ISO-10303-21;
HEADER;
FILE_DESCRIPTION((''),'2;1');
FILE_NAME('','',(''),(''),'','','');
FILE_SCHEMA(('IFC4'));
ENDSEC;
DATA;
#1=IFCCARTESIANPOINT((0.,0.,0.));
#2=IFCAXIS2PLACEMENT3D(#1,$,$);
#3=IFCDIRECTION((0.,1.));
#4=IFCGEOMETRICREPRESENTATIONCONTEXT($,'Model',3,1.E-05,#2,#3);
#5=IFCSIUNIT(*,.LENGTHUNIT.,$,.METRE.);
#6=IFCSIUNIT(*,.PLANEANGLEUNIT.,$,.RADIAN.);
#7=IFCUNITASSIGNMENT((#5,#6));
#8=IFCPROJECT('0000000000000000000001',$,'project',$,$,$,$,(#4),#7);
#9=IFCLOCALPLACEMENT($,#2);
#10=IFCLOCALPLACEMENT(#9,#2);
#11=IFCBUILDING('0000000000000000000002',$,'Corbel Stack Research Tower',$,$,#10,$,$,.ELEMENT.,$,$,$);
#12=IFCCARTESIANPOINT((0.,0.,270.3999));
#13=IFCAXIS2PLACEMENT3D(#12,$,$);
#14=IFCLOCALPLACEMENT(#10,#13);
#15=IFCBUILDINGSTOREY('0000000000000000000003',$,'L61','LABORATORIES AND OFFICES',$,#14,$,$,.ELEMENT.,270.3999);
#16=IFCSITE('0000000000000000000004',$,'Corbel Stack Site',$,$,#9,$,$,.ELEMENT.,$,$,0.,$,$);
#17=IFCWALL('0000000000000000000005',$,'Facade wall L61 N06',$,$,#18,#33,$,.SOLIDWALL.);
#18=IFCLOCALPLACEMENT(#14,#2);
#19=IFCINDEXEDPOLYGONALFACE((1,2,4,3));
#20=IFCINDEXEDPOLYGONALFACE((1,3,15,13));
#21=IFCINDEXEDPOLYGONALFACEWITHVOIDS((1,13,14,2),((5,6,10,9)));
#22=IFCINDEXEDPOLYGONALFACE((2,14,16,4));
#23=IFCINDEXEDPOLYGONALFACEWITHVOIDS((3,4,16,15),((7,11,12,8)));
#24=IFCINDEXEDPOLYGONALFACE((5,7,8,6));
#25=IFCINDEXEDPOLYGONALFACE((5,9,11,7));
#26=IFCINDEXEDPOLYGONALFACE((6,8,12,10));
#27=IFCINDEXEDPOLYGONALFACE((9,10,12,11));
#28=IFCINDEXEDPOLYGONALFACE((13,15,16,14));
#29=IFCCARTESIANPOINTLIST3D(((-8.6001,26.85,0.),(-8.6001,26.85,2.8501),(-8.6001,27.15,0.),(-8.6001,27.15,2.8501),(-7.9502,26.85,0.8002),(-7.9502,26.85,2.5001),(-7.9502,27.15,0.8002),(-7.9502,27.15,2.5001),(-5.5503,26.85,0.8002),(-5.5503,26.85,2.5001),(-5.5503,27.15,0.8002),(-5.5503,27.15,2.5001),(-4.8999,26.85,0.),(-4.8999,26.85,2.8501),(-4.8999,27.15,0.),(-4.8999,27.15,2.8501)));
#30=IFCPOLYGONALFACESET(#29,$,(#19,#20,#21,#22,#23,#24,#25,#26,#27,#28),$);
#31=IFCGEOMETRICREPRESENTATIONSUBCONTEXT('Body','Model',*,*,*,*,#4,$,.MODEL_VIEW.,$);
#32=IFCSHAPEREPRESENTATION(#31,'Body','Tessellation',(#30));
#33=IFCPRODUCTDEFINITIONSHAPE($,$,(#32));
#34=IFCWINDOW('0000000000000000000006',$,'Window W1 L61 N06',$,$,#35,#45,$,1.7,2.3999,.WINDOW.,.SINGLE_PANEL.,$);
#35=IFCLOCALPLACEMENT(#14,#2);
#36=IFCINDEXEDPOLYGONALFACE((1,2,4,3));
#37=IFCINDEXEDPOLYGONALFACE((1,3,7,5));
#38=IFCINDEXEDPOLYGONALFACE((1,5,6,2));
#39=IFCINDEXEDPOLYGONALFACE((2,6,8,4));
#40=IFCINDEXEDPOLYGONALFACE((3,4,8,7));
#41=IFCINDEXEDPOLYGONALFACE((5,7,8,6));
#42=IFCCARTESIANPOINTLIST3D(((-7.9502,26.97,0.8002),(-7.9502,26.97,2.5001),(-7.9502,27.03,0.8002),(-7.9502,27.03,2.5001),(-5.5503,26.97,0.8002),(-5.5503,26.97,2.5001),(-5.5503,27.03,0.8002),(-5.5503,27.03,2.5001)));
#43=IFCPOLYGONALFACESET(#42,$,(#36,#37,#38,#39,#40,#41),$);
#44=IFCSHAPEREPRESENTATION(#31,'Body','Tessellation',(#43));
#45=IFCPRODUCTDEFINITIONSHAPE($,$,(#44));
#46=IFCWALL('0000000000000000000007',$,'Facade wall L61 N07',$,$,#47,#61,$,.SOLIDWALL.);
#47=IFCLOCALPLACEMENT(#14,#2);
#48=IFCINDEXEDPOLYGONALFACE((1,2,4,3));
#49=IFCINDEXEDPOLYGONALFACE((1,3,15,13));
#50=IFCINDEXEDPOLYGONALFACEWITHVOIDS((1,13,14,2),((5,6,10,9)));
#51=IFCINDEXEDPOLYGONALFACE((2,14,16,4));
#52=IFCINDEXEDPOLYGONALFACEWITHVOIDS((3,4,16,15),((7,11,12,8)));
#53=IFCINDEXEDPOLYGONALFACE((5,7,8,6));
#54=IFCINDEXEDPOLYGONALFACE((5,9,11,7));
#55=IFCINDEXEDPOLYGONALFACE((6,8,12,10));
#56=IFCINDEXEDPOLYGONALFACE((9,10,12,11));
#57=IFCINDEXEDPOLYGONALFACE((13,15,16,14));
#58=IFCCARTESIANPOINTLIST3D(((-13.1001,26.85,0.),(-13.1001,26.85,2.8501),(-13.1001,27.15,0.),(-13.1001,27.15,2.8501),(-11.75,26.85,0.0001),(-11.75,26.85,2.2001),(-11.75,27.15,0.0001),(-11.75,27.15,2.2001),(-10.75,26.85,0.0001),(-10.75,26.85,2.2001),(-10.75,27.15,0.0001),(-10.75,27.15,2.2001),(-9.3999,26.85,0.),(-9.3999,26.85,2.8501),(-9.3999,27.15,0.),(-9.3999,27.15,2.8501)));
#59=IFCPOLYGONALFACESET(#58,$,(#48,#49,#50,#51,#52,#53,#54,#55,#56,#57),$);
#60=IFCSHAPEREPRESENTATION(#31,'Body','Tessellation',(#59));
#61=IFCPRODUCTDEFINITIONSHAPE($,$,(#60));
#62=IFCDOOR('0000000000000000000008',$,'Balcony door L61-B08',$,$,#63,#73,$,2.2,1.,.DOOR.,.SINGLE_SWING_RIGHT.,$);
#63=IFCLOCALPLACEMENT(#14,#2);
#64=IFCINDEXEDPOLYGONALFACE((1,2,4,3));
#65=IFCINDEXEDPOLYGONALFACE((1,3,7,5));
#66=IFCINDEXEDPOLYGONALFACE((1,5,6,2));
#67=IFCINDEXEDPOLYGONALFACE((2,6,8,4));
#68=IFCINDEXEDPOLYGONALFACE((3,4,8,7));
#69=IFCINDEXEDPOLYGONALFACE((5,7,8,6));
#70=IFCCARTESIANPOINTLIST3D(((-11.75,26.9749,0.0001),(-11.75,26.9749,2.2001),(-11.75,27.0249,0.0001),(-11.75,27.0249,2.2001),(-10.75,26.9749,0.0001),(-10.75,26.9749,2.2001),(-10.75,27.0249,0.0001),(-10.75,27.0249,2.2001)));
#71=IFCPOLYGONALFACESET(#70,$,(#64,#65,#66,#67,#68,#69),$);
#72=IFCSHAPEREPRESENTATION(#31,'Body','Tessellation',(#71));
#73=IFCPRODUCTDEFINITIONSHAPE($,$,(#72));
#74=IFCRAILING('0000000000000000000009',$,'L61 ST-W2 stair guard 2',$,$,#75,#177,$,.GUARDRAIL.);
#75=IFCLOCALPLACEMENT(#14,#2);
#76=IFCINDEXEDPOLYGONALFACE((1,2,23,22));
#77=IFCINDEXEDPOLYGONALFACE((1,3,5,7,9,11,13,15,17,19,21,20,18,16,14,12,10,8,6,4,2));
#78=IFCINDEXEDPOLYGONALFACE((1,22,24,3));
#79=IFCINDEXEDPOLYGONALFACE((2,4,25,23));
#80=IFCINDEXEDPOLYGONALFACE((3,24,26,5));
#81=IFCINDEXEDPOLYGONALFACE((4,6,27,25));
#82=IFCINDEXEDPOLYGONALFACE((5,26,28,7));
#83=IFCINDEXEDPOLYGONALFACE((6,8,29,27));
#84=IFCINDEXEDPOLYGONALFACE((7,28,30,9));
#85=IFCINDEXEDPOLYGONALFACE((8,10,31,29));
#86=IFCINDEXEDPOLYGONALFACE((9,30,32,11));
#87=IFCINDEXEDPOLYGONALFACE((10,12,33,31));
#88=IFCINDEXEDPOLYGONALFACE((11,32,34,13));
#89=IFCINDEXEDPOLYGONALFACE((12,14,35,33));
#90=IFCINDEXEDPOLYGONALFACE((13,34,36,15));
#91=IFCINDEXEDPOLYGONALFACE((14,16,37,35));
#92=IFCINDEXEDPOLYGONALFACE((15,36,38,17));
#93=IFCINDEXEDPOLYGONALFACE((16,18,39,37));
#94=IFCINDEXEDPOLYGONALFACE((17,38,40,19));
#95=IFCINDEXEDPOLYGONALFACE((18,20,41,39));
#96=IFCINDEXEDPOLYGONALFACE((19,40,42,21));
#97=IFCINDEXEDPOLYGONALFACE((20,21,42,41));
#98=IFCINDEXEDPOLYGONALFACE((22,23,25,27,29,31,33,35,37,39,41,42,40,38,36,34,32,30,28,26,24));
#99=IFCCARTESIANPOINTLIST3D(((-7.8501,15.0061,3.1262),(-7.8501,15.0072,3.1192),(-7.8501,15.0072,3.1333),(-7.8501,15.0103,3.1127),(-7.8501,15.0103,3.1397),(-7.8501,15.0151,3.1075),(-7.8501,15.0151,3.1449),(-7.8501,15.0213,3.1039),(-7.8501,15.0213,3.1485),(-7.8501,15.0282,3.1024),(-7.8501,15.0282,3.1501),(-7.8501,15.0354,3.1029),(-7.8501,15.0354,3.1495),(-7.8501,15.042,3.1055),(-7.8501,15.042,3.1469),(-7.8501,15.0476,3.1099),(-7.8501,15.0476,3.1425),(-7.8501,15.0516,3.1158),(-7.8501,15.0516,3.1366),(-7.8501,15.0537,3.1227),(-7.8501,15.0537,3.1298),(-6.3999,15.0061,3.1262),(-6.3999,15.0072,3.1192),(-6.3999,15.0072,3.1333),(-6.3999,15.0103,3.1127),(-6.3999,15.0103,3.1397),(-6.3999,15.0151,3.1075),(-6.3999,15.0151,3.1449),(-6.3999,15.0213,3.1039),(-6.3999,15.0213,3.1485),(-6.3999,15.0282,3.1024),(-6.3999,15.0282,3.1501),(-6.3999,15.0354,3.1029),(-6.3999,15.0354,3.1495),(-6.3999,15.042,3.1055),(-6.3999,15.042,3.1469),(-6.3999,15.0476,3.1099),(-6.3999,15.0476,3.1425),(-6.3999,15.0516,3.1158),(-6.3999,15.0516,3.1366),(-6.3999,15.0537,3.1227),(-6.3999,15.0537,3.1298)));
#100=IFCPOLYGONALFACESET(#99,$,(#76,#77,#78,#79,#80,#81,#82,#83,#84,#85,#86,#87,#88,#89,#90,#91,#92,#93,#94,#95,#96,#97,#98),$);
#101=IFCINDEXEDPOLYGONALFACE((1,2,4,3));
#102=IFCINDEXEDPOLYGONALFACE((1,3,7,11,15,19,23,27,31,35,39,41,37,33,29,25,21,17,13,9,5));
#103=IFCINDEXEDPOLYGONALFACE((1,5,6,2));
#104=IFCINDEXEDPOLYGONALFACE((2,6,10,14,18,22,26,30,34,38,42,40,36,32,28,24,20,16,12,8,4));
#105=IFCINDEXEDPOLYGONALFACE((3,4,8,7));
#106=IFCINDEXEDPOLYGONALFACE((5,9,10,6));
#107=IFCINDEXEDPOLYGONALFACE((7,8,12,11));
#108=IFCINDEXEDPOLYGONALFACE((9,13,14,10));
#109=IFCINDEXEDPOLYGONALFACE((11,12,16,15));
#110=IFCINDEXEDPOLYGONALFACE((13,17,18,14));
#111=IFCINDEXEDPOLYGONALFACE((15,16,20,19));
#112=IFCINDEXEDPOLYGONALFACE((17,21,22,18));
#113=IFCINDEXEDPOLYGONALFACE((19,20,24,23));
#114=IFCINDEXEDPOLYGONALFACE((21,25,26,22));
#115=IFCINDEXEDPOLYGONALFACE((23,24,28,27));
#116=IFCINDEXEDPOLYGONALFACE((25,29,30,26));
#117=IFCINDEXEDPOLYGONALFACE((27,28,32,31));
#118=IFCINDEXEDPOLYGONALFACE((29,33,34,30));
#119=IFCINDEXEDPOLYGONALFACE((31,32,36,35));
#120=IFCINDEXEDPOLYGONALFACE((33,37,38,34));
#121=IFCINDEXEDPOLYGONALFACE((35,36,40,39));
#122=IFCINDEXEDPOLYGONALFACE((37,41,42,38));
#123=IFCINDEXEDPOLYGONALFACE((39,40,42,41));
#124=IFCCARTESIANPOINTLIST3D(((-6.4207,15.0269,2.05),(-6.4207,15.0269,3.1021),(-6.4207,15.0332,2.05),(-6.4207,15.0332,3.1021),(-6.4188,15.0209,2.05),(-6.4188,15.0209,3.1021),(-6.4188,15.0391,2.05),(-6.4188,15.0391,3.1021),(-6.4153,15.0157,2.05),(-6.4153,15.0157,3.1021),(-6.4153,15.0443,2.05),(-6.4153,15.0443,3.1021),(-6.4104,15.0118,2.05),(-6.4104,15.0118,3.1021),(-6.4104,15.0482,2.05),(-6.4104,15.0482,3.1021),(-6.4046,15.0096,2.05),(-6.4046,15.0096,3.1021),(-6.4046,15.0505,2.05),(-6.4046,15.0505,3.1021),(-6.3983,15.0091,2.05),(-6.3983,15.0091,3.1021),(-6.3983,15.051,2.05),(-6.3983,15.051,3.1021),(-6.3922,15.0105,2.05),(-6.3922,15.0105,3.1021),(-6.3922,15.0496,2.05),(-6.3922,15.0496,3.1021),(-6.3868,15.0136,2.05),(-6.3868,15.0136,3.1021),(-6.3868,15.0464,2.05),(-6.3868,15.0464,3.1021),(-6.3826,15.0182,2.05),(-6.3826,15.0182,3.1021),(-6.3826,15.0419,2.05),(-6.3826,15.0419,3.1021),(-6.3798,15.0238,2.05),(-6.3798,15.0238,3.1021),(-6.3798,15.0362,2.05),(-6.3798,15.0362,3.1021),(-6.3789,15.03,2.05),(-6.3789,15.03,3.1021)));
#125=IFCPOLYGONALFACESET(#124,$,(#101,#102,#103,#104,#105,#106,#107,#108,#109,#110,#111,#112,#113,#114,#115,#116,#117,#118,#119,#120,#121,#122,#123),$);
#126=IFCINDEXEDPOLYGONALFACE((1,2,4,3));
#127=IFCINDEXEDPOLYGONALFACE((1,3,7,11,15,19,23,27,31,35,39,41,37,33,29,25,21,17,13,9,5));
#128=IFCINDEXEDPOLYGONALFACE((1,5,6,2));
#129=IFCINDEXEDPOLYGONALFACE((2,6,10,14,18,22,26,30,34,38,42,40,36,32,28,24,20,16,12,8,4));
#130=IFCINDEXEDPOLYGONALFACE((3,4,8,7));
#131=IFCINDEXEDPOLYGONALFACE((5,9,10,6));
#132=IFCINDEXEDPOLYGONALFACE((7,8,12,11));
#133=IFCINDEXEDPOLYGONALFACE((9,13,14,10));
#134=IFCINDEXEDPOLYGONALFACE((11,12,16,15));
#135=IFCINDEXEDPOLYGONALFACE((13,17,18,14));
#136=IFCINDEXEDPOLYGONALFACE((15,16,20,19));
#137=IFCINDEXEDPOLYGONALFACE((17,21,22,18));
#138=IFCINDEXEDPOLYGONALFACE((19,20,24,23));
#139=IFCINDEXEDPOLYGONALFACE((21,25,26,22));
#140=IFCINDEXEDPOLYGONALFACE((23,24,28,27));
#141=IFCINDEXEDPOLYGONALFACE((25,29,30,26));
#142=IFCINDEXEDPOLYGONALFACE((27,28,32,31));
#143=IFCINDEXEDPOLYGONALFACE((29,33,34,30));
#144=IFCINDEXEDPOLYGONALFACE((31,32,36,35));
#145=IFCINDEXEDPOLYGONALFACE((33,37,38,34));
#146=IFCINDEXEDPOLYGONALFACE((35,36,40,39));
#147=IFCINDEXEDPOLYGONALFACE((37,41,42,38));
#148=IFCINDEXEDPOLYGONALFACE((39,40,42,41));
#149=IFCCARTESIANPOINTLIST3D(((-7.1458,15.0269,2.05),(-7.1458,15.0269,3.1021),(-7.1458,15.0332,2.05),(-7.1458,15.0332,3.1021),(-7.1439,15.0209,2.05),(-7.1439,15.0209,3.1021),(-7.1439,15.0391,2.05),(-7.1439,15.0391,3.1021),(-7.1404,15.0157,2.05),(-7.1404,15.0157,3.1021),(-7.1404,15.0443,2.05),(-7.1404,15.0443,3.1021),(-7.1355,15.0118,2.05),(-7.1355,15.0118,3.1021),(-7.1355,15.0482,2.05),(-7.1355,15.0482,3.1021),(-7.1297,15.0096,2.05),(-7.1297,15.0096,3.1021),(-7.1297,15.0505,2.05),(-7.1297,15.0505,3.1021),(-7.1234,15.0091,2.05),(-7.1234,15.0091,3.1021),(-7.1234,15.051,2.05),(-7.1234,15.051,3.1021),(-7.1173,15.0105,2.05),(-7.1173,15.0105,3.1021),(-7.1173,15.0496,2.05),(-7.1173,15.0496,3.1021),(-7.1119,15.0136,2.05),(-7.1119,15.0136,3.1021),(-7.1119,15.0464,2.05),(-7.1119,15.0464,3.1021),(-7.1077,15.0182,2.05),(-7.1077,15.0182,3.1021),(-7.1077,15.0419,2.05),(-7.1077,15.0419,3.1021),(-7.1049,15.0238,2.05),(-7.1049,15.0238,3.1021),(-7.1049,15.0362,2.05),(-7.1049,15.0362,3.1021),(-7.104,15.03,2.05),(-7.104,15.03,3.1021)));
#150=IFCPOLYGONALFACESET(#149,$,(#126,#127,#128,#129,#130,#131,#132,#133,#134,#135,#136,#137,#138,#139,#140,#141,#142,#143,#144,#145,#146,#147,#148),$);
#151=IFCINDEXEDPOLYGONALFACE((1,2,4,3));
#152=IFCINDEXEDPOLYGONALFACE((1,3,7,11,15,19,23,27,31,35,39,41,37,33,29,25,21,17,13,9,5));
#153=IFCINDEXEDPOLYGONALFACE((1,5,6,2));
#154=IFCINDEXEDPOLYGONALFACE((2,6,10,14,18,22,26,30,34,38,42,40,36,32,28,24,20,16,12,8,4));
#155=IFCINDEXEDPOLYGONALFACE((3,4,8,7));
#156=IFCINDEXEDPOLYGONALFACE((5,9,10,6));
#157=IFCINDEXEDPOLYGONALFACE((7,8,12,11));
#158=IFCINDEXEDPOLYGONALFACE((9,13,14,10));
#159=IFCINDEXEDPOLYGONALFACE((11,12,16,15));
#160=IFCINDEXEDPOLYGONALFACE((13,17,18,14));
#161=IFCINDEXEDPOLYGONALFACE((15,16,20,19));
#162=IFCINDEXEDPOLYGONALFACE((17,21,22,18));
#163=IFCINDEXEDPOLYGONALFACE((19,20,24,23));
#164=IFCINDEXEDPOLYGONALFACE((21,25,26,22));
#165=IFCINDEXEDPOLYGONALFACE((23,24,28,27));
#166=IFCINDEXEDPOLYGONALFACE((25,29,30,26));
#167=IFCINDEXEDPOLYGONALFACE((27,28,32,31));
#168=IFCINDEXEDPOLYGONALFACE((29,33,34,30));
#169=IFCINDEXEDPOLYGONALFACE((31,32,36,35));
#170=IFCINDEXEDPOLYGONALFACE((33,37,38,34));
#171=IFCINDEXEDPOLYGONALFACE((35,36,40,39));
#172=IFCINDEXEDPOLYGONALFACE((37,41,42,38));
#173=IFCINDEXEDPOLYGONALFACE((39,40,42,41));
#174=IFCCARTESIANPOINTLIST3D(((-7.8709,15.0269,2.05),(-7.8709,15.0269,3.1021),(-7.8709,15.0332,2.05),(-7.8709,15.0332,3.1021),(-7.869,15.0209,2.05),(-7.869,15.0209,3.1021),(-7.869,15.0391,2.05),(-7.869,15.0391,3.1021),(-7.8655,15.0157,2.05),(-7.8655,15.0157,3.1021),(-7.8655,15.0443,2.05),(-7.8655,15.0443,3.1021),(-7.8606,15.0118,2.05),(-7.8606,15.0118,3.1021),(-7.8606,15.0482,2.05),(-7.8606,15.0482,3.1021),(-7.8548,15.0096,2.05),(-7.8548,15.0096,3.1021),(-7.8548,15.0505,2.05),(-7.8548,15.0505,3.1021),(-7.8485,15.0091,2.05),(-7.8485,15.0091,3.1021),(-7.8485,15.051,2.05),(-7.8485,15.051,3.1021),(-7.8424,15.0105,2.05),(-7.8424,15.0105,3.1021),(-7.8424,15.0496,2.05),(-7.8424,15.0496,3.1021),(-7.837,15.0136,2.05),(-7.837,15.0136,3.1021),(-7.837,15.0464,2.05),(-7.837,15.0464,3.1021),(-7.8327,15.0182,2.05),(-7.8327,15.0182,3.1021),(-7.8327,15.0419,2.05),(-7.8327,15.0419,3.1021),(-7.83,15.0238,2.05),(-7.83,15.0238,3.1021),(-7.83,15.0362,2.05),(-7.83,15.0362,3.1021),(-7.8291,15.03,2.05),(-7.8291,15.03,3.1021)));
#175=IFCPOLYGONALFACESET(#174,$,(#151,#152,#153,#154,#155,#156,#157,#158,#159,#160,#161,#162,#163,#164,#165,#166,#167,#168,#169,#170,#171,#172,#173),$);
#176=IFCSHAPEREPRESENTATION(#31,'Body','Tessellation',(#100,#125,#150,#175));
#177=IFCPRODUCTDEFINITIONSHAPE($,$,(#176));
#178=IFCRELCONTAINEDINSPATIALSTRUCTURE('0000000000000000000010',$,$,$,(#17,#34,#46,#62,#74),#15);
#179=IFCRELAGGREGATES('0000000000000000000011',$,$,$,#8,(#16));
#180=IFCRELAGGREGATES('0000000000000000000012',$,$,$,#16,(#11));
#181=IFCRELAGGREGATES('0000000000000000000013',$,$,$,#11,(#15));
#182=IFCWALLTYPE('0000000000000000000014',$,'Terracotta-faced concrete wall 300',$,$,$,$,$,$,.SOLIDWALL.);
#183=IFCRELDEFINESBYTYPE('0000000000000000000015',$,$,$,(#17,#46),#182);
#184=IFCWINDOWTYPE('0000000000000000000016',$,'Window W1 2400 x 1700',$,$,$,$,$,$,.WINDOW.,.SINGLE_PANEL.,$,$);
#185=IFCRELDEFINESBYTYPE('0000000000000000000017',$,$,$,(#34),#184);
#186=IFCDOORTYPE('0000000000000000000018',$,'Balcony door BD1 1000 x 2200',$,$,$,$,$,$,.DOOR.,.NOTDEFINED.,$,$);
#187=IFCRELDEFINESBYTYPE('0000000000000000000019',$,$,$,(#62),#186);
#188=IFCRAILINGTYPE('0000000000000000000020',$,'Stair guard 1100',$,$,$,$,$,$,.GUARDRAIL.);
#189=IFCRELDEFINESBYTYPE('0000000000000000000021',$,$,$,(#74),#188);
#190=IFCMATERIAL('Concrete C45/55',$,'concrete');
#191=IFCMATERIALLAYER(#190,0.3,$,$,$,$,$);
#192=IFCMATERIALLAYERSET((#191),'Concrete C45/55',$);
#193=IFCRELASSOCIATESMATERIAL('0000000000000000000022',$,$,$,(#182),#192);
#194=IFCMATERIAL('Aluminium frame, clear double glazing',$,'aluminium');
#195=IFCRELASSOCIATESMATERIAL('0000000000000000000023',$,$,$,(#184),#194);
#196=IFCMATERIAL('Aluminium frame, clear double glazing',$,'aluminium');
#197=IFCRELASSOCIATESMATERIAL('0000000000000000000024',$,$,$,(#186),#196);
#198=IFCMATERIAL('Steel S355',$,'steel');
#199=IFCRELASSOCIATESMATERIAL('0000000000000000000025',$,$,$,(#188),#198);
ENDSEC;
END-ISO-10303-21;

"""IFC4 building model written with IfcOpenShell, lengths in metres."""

from ifc_helpers import new_model, si_unit, direction, frame, frame_2d, origin, origin_2d, place, context, subcontext, project, spatial, rectangle, circle, extrude, material, layer, layer_set, type_object, element, fill, save


model = new_model("IFC4")

# Units and contexts
model_context = context("Model", 3, precision=1e-05, world=origin(), true_north=direction((0.0, 1.0)))
body_context = subcontext(model_context, "Body", "Model", "MODEL_VIEW")
ifc_project = project(units=[si_unit("LENGTHUNIT", "METRE"), si_unit("PLANEANGLEUNIT", "RADIAN")], contexts=[model_context])

# Site, building, storey
site_placement = place(None, origin())
site = spatial("IfcSite", under=ifc_project, at=site_placement, Name="Corbel Stack Site", CompositionType="ELEMENT", RefElevation=0.0)
building_placement = place(site_placement, origin())
building = spatial("IfcBuilding", under=site, at=building_placement, Name="Corbel Stack Research Tower", CompositionType="ELEMENT")
storey_placement = place(building_placement, frame((0.0, 0.0, 270.3999)))
storey = spatial("IfcBuildingStorey", under=building, at=storey_placement, Name="L61", Description="LABORATORIES AND OFFICES", CompositionType="ELEMENT", Elevation=270.3999)

# Wall, opening, window
ifc_material_1 = material(Name="Concrete C45/55", Category="concrete")
ifc_layer_1 = layer(ifc_material_1, 0.3)
ifc_layer_set_1 = layer_set([ifc_layer_1], Name="Concrete C45/55")
wall_type_1 = type_object("IfcWallType", Name="Terracotta-faced concrete wall 300", PredefinedType="SOLIDWALL", material=ifc_layer_set_1)
ifc_material_2 = material(Name="Aluminium frame, clear double glazing", Category="aluminium")
window_type = type_object("IfcWindowType", Name="Window W1 2400 x 1700", PartitioningType="SINGLE_PANEL", PredefinedType="WINDOW", material=ifc_material_2)
wall_1_placement = place(storey_placement, frame((-8.6001, 27.0, 0.0), z_axis=(0.0, 0.0, 1.0), x_axis=(1.0, 0.0, 0.0)))
wall_1 = element("IfcWall", 1, at=wall_1_placement, inside=storey, type_object=wall_type_1, Name="Facade wall L61 N06", PredefinedType="SOLIDWALL", context=body_context, shape_type="SweptSolid", body=[
    extrude(rectangle(XDim=3.7002, YDim=0.3, at=frame_2d((1.8501, 0.0))), origin(), (0.0, 0.0, 1.0), 2.8501),
])
opening_1_placement = place(wall_1_placement, frame((0.6499, 0.0, 0.8)))
opening_1 = element("IfcOpeningElement", 2, at=opening_1_placement, cuts=wall_1, PredefinedType="OPENING", context=body_context, shape_type="SweptSolid", body=[
    extrude(rectangle(XDim=2.3999, YDim=1.7, at=frame_2d((1.2, 0.8501))), frame((0.0, 0.1599, 0.0), z_axis=(0.0, -1.0, 0.0), x_axis=(1.0, 0.0, 0.0)), (0.0, 0.0, 1.0), 0.3201),
])
window_1_placement = place(opening_1_placement, origin())
window_1 = element("IfcWindow", 3, at=window_1_placement, inside=storey, type_object=window_type, Name="Window W1 L61 N06", OverallHeight=1.7, OverallWidth=2.3999, PartitioningType="SINGLE_PANEL", PredefinedType="WINDOW", context=body_context, shape_type="SweptSolid", body=[
    extrude(rectangle(XDim=2.3999, YDim=1.7, at=frame_2d((1.2, 0.8501))), frame((0.0, 0.03, 0.0), z_axis=(0.0, -1.0, 0.0), x_axis=(1.0, 0.0, 0.0)), (0.0, 0.0, 1.0), 0.0601),
])
fill(opening_1, window_1)

# Wall, opening, door
wall_2_placement = place(storey_placement, frame((-13.1001, 27.0, 0.0), z_axis=(0.0, 0.0, 1.0), x_axis=(1.0, 0.0, 0.0)))
wall_2 = element("IfcWall", 4, at=wall_2_placement, inside=storey, type_object=wall_type_1, Name="Facade wall L61 N07", PredefinedType="SOLIDWALL", context=body_context, shape_type="SweptSolid", body=[
    extrude(rectangle(XDim=3.7002, YDim=0.3, at=frame_2d((1.8501, 0.0))), origin(), (0.0, 0.0, 1.0), 2.8501),
])
opening_2_placement = place(wall_2_placement, frame((1.3501, 0.0, 0.0)))
opening_2 = element("IfcOpeningElement", 5, at=opening_2_placement, cuts=wall_2, PredefinedType="OPENING", context=body_context, shape_type="SweptSolid", body=[
    extrude(rectangle(XDim=1.0, YDim=2.2, at=frame_2d((0.5, 1.1001))), frame((0.0, 0.1599, 0.0), z_axis=(0.0, -1.0, 0.0), x_axis=(1.0, 0.0, 0.0)), (0.0, 0.0, 1.0), 0.3201),
])
ifc_material_3 = material(Name="Aluminium frame, clear double glazing", Category="aluminium")
door_type = type_object("IfcDoorType", Name="Balcony door BD1 1000 x 2200", OperationType="NOTDEFINED", PredefinedType="DOOR", material=ifc_material_3)
door_placement = place(opening_2_placement, origin())
door = element("IfcDoor", 6, at=door_placement, inside=storey, type_object=door_type, Name="Balcony door L61-B08", OperationType="SINGLE_SWING_RIGHT", OverallHeight=2.2, OverallWidth=1.0, PredefinedType="DOOR", context=body_context, shape_type="SweptSolid", body=[
    extrude(rectangle(XDim=1.0, YDim=2.2, at=frame_2d((0.5, 1.1001))), frame((0.0, 0.0249, 0.0), z_axis=(0.0, -1.0, 0.0), x_axis=(1.0, 0.0, 0.0)), (0.0, 0.0, 1.0), 0.05),
])
fill(opening_2, door)

# Railing
ifc_material_4 = material(Name="Steel S355", Category="steel")
railing_type = type_object("IfcRailingType", Name="Stair guard 1100", PredefinedType="GUARDRAIL", material=ifc_material_4)
railing_1_placement = place(storey_placement, frame((-6.3999, 15.03, 2.05)))
element("IfcRailing", 7, at=railing_1_placement, inside=storey, type_object=railing_type, Name="L61 ST-W2 stair guard 2", PredefinedType="GUARDRAIL", context=body_context, shape_type="SweptSolid", body=[
    extrude(circle(Radius=0.0239, at=origin_2d()), frame((0.0, 0.0, 1.0762), z_axis=(-1.0, 0.0, 0.0), x_axis=(0.0, -1.0, 0.0)), (0.0, 0.0, 1.0), 1.4502),
    extrude(circle(Radius=0.021, at=origin_2d()), origin(), (0.0, 0.0, 1.0), 1.052),
    extrude(circle(Radius=0.021, at=origin_2d()), frame((-0.7251, 0.0, 0.0)), (0.0, 0.0, 1.0), 1.052),
    extrude(circle(Radius=0.021, at=origin_2d()), frame((-1.4502, 0.0, 0.0)), (0.0, 0.0, 1.0), 1.052),
])

save(model, "model.ifc")
